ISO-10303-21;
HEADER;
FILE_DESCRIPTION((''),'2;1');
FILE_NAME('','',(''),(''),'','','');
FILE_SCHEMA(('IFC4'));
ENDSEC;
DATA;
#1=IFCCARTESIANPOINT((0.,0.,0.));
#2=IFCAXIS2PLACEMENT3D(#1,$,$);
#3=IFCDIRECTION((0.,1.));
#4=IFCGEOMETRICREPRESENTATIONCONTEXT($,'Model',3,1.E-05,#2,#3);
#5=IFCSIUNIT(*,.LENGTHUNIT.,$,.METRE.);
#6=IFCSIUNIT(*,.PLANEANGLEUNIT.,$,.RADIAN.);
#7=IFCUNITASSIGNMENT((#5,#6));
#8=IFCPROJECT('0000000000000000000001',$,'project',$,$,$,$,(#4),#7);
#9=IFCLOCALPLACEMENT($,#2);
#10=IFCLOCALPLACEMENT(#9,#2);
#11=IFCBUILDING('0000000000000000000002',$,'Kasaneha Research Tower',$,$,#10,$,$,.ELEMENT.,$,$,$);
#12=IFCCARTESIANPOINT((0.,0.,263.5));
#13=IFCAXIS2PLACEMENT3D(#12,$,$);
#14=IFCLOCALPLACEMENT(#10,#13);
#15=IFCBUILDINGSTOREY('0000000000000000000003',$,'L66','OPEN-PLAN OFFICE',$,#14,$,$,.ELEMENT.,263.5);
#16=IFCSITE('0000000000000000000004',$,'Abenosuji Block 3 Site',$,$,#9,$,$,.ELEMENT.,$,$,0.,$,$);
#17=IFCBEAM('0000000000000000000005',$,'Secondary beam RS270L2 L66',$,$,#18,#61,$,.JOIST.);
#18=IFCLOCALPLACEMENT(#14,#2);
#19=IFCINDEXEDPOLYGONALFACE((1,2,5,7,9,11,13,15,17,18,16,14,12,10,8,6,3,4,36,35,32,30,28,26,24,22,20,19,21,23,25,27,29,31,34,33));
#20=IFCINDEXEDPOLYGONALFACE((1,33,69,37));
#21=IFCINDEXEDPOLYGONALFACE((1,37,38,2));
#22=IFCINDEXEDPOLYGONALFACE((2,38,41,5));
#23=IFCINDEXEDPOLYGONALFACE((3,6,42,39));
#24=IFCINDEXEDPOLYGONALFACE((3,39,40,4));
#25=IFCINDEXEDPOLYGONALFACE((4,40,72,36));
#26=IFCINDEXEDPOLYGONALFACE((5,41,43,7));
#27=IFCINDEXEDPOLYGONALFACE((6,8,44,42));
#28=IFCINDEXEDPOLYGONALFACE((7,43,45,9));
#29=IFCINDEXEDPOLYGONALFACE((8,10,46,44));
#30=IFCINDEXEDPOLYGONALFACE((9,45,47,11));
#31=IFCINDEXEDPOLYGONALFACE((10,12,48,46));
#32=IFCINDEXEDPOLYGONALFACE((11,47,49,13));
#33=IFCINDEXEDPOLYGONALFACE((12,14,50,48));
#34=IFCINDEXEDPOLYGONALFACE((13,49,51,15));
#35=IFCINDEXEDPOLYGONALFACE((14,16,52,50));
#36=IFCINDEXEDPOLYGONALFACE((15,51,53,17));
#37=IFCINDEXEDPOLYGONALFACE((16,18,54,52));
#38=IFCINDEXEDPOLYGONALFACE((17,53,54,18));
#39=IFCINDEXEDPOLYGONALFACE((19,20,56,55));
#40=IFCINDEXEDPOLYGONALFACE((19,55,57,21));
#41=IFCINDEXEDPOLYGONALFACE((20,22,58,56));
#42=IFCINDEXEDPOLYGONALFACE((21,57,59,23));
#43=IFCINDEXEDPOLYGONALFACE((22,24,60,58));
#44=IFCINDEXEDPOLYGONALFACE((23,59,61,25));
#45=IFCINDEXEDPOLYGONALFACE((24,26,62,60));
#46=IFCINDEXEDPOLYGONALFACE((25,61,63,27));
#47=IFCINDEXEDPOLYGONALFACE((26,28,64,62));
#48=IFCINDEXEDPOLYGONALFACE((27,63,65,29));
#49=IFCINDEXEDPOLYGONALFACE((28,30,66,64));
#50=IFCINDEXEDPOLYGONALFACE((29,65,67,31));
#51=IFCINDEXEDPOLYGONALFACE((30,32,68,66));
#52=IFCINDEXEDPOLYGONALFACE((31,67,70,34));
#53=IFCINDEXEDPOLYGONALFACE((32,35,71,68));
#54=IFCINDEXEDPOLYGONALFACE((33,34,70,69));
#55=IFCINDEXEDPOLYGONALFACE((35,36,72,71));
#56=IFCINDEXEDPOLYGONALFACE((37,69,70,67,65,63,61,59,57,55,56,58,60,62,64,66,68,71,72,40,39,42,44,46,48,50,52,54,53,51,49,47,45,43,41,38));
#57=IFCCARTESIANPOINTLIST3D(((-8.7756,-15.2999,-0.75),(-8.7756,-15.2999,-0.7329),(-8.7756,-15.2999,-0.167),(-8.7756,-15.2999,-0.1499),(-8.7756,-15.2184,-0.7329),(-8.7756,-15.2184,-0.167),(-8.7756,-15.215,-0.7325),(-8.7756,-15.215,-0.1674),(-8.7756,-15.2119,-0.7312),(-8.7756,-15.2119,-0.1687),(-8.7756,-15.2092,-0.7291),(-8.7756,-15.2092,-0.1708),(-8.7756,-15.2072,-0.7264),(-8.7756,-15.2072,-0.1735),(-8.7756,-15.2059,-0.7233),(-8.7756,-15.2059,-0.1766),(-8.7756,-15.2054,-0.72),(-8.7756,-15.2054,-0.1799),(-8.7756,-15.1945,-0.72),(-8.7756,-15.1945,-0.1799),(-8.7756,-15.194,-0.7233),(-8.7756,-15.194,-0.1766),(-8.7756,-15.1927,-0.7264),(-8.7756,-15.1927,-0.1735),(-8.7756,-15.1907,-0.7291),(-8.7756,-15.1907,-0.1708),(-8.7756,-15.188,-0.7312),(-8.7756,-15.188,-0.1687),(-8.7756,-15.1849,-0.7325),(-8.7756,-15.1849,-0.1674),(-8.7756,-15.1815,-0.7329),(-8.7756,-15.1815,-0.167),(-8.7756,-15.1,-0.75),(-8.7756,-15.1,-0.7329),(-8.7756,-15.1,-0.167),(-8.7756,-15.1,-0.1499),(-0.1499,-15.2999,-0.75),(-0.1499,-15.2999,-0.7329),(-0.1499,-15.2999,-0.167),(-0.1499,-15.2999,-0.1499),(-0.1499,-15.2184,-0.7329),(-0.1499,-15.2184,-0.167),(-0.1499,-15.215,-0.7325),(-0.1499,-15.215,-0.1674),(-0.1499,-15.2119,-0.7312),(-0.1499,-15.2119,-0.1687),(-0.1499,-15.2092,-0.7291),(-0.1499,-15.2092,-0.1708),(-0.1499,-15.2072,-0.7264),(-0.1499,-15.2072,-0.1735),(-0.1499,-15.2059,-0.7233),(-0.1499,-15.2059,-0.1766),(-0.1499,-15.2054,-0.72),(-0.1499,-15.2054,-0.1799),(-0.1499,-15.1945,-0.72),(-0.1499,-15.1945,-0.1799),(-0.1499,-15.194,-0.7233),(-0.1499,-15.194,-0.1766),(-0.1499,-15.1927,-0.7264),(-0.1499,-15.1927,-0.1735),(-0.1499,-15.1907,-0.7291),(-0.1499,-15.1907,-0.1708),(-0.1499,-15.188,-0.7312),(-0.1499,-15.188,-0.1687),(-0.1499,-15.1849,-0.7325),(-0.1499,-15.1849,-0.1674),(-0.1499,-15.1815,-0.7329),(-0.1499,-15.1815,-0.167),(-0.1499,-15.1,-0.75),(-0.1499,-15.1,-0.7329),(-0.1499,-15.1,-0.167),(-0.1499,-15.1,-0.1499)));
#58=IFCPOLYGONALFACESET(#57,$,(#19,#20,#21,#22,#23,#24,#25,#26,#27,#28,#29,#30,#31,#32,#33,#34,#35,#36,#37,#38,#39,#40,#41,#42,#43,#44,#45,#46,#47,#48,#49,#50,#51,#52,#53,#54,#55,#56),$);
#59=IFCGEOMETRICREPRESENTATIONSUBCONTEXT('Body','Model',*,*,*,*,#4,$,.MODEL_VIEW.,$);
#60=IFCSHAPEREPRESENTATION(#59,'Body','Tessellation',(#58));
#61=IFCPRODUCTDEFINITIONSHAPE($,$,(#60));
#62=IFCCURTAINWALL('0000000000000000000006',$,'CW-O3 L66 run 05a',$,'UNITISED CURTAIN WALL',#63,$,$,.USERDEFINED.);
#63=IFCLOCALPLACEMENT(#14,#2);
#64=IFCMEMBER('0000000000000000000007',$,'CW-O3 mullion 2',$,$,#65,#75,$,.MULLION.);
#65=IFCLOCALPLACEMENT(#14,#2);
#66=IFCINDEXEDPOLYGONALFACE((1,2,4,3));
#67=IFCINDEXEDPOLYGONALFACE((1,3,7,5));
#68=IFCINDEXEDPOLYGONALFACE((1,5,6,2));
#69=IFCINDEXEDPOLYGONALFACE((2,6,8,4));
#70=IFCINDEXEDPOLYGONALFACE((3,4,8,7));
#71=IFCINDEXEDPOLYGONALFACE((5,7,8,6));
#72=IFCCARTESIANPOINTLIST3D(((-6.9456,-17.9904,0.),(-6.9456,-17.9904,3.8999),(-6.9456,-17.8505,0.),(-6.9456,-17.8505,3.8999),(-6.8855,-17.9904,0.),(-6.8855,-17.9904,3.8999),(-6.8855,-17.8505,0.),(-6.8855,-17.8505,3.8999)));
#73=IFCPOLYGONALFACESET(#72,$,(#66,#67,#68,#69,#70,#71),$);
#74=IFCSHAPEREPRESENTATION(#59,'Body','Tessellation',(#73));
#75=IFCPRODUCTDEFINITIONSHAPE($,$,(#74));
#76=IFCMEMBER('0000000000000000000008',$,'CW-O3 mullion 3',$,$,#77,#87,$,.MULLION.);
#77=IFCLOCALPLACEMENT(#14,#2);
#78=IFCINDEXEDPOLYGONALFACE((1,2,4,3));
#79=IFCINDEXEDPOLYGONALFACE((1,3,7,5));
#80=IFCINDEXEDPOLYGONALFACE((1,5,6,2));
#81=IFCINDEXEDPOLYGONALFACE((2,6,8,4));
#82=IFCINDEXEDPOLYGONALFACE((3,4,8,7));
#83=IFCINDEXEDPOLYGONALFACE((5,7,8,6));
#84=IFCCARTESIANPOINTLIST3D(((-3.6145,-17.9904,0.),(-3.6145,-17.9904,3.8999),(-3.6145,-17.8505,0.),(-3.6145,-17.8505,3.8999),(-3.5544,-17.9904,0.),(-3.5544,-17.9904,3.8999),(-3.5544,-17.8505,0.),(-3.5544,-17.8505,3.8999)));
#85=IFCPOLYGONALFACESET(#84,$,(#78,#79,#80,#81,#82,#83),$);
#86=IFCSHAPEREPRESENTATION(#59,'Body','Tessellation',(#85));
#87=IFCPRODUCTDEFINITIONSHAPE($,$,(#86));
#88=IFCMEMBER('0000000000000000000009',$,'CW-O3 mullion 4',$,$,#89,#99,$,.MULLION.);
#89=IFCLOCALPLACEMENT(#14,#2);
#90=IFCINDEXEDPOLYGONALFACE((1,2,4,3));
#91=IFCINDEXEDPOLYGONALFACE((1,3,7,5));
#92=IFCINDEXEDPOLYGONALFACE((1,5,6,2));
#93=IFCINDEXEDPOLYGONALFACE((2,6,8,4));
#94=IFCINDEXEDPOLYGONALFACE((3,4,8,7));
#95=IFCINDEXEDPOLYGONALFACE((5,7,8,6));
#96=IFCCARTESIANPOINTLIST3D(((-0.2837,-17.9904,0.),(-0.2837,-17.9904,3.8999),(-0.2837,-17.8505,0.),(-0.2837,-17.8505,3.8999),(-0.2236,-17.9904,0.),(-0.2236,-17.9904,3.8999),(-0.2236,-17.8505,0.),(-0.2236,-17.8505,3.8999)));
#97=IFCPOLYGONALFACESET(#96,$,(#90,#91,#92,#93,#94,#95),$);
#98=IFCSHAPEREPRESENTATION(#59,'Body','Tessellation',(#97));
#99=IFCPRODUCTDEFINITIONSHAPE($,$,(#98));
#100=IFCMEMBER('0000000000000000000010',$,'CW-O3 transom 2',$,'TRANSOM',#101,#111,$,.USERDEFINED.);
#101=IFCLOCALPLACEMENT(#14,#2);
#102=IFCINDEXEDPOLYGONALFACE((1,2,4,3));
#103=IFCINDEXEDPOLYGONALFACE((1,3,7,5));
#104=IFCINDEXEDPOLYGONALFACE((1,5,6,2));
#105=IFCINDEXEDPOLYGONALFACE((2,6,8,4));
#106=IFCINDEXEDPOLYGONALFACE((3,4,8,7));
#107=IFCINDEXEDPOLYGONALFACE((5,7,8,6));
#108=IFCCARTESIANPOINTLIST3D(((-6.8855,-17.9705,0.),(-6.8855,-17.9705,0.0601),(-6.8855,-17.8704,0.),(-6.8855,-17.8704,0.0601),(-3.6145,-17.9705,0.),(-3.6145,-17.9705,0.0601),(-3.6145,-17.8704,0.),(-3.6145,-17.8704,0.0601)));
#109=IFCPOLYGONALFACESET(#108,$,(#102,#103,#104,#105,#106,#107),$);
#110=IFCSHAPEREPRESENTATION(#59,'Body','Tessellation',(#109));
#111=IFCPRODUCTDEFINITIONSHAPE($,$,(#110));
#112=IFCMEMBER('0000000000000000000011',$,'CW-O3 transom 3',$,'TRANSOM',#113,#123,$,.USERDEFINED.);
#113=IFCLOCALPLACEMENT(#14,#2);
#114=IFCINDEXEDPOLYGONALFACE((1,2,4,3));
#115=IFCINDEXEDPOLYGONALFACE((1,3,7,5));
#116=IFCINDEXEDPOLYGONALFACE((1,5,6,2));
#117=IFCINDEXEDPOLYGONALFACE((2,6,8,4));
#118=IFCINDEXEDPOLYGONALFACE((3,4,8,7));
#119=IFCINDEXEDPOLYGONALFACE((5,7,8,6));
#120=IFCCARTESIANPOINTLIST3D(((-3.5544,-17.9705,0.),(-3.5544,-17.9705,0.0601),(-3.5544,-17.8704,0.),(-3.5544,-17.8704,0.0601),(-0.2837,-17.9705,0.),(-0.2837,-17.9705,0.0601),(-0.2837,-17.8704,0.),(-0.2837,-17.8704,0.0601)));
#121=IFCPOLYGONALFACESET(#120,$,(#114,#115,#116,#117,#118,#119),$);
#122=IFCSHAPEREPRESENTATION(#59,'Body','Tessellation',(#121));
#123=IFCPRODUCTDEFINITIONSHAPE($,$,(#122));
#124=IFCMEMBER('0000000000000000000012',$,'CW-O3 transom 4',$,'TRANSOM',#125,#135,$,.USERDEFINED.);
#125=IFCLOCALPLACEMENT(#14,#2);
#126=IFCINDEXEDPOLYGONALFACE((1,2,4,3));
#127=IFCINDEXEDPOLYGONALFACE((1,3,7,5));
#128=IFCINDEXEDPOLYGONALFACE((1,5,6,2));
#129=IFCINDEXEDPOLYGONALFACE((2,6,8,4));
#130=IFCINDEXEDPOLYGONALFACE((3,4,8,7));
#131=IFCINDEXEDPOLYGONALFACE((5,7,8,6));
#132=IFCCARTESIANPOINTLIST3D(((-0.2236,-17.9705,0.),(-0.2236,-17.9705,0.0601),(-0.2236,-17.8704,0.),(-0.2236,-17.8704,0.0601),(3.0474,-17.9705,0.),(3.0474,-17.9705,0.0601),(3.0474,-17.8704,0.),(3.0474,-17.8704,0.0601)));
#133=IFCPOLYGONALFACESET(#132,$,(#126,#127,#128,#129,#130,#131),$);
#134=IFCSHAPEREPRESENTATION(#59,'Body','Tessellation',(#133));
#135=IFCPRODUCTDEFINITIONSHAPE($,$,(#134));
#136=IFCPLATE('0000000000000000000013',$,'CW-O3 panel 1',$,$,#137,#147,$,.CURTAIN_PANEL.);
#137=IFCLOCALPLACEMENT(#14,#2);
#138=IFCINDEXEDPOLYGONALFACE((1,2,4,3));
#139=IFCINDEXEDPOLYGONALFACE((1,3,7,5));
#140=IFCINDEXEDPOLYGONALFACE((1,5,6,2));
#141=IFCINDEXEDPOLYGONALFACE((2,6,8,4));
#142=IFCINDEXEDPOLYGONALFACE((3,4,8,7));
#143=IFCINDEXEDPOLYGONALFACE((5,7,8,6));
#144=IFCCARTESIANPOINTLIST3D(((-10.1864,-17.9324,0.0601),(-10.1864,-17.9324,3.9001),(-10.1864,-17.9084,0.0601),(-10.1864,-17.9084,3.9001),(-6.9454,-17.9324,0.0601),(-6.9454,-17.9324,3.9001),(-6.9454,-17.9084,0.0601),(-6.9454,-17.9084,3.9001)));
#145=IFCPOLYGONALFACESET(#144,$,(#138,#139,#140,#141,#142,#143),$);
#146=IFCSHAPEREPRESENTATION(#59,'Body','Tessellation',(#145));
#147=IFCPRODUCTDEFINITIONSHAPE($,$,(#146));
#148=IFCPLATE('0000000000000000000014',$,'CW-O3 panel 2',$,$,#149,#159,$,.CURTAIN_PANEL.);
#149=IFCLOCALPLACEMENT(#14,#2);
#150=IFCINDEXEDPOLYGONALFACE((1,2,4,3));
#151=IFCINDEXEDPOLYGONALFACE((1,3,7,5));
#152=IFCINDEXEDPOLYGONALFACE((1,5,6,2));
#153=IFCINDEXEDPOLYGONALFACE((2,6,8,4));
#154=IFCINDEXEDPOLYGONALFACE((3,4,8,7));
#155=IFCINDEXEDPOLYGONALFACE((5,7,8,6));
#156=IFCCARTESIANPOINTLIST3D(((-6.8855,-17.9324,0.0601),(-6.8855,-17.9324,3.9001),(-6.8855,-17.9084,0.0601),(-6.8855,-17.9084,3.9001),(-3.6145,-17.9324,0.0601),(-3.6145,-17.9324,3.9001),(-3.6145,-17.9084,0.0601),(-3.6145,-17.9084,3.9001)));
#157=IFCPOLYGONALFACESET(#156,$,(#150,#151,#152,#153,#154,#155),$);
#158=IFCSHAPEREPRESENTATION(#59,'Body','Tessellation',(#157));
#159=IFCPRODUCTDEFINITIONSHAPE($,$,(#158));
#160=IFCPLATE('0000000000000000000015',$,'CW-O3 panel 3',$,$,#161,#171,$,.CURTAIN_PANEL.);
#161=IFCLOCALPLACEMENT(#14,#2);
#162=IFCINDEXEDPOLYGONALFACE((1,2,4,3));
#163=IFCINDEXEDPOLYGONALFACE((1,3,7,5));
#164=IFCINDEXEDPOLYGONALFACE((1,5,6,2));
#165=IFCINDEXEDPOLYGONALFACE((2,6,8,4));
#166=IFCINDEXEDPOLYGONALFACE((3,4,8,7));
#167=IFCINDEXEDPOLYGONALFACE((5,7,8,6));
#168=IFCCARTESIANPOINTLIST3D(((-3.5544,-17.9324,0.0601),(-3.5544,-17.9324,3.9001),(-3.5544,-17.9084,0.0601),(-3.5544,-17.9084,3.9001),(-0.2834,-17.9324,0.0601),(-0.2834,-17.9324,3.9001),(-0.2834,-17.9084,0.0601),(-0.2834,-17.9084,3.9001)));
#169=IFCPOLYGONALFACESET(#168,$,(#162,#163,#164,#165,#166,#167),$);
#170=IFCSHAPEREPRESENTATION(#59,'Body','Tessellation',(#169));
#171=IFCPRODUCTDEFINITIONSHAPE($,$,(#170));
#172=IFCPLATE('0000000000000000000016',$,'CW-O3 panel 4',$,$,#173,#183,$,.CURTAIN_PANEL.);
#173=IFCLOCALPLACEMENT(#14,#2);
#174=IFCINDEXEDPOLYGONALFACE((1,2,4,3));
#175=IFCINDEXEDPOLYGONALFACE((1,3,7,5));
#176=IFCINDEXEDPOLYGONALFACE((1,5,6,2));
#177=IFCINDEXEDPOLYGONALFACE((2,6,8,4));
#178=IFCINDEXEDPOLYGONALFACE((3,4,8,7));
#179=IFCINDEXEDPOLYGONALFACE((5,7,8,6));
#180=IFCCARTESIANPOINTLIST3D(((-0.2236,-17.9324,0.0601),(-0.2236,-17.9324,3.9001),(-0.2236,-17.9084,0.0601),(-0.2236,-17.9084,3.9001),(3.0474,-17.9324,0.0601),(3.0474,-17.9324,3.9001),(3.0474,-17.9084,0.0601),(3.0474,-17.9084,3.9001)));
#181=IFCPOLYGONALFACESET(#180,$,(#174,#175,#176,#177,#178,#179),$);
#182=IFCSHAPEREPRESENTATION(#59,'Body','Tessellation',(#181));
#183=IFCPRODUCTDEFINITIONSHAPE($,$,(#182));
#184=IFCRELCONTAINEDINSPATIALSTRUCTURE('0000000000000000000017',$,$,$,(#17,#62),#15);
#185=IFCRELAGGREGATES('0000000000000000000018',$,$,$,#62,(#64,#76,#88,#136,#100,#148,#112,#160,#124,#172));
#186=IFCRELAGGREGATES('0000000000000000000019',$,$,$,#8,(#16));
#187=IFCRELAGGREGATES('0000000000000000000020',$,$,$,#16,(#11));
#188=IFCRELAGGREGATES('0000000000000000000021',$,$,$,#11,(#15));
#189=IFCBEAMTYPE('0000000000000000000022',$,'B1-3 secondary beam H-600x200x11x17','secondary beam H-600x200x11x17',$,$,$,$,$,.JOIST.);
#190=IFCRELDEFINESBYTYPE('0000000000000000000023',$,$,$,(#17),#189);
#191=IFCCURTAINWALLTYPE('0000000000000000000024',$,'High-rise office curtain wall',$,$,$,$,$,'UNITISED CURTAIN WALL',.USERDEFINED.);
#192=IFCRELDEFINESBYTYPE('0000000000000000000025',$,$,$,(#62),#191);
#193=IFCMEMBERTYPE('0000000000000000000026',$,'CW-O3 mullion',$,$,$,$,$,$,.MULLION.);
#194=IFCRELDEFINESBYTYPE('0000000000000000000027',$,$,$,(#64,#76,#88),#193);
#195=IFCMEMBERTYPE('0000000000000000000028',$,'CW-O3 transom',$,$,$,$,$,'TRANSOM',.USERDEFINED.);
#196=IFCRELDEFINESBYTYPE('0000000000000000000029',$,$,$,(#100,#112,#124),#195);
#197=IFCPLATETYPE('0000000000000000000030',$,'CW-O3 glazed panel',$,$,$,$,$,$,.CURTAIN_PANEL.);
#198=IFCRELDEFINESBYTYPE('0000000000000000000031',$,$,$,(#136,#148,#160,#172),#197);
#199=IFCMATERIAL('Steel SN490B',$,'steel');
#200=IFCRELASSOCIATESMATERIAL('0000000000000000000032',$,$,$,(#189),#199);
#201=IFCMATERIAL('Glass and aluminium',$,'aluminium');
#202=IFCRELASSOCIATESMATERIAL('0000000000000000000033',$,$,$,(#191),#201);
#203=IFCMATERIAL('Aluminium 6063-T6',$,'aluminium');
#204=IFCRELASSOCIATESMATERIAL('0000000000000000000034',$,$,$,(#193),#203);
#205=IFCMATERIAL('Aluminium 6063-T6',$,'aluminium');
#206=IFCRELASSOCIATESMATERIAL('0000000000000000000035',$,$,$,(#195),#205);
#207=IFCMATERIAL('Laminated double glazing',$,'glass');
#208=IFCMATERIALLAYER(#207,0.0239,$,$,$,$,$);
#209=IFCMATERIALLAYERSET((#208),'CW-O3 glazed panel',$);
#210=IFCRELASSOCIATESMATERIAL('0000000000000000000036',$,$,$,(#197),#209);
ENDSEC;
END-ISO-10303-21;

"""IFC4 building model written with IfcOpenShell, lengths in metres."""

from ifc_helpers import new_model, si_unit, direction, frame, origin, origin_2d, place, context, subcontext, project, spatial, rectangle, i_section, extrude, material, layer, layer_set, material_profile, profile_set, type_object, element, aggregate, save


model = new_model("IFC4")

# Units and contexts
model_context = context("Model", 3, precision=1e-05, world=origin(), true_north=direction((0.0, 1.0)))
body_context = subcontext(model_context, "Body", "Model", "MODEL_VIEW")
ifc_project = project(units=[si_unit("LENGTHUNIT", "METRE"), si_unit("PLANEANGLEUNIT", "RADIAN")], contexts=[model_context])

# Site, building, storey
site_placement = place(None, origin())
site = spatial("IfcSite", under=ifc_project, at=site_placement, Name="Abenosuji Block 3 Site", CompositionType="ELEMENT", RefElevation=0.0)
building_placement = place(site_placement, origin())
building = spatial("IfcBuilding", under=site, at=building_placement, Name="Kasaneha Research Tower", CompositionType="ELEMENT")
storey_placement = place(building_placement, frame((0.0, 0.0, 263.5)))
storey = spatial("IfcBuildingStorey", under=building, at=storey_placement, Name="L66", Description="OPEN-PLAN OFFICE", CompositionType="ELEMENT", Elevation=263.5)

# Beam
ifc_material_1 = material(Name="Steel SN490B", Category="steel")
ifc_material_profile_1 = material_profile(ifc_material_1, i_section(OverallWidth=0.2, OverallDepth=0.6001, WebThickness=0.011, FlangeThickness=0.0171, FilletRadius=0.0129, at=origin_2d()), Name="H-600x200x11x17")
ifc_profile_set_1 = profile_set([ifc_material_profile_1], Name="Steel SN490B")
beam_type = type_object("IfcBeamType", Name="B1-3 secondary beam H-600x200x11x17", Description="secondary beam H-600x200x11x17", PredefinedType="JOIST", material=ifc_profile_set_1)
beam_1_placement = place(storey_placement, frame((-8.7756, -15.2, -0.45), z_axis=(1.0, 0.0, 0.0), x_axis=(0.0, 1.0, 0.0)))
element("IfcBeam", 1, at=beam_1_placement, inside=storey, type_object=beam_type, Name="Secondary beam RS270L2 L66", PredefinedType="JOIST", context=body_context, shape_type="SweptSolid", body=[
    extrude(i_section(OverallWidth=0.2, OverallDepth=0.6001, WebThickness=0.011, FlangeThickness=0.0171, FilletRadius=0.0129, at=origin_2d()), origin(), (0.0, 0.0, 1.0), 8.6257),
])

# Curtain wall, members, plates
ifc_material_2 = material(Name="Glass and aluminium", Category="aluminium")
curtain_wall_type = type_object("IfcCurtainWallType", Name="High-rise office curtain wall", ElementType="UNITISED CURTAIN WALL", PredefinedType="USERDEFINED", material=ifc_material_2)
curtain_wall_placement = place(storey_placement, origin())
curtain_wall = element("IfcCurtainWall", 2, at=curtain_wall_placement, inside=storey, type_object=curtain_wall_type, Name="CW-O3 L66 run 05a", ObjectType="UNITISED CURTAIN WALL", PredefinedType="USERDEFINED")
ifc_material_3 = material(Name="Aluminium 6063-T6", Category="aluminium")
ifc_material_profile_2 = material_profile(ifc_material_3, rectangle(XDim=0.0601, YDim=0.1399, at=origin_2d()), Name="CW-O3 mullion 60x140")
ifc_profile_set_2 = profile_set([ifc_material_profile_2], Name="Aluminium 6063-T6")
member_type_1 = type_object("IfcMemberType", Name="CW-O3 mullion", PredefinedType="MULLION", material=ifc_profile_set_2)
member_1_placement = place(storey_placement, frame((-6.9155, -17.9204, 0.0), z_axis=(0.0, 0.0, 1.0), x_axis=(1.0, 0.0, 0.0)))
member_1 = element("IfcMember", 3, at=member_1_placement, type_object=member_type_1, Name="CW-O3 mullion 2", PredefinedType="MULLION", context=body_context, shape_type="SweptSolid", body=[
    extrude(rectangle(XDim=0.0601, YDim=0.1399, at=origin_2d()), origin(), (0.0, 0.0, 1.0), 3.8999),
])
member_2_placement = place(storey_placement, frame((-3.5845, -17.9204, 0.0), z_axis=(0.0, 0.0, 1.0), x_axis=(1.0, 0.0, 0.0)))
member_2 = element("IfcMember", 4, at=member_2_placement, type_object=member_type_1, Name="CW-O3 mullion 3", PredefinedType="MULLION", context=body_context, shape_type="SweptSolid", body=[
    extrude(rectangle(XDim=0.0601, YDim=0.1399, at=origin_2d()), origin(), (0.0, 0.0, 1.0), 3.8999),
])
member_3_placement = place(storey_placement, frame((-0.2537, -17.9204, 0.0), z_axis=(0.0, 0.0, 1.0), x_axis=(1.0, 0.0, 0.0)))
member_3 = element("IfcMember", 5, at=member_3_placement, type_object=member_type_1, Name="CW-O3 mullion 4", PredefinedType="MULLION", context=body_context, shape_type="SweptSolid", body=[
    extrude(rectangle(XDim=0.0601, YDim=0.1399, at=origin_2d()), origin(), (0.0, 0.0, 1.0), 3.8999),
])
ifc_material_4 = material(Name="Aluminium 6063-T6", Category="aluminium")
ifc_material_profile_3 = material_profile(ifc_material_4, rectangle(XDim=0.1001, YDim=0.0601, at=origin_2d()), Name="CW-O3 transom 100x60")
ifc_profile_set_3 = profile_set([ifc_material_profile_3], Name="Aluminium 6063-T6")
member_type_2 = type_object("IfcMemberType", Name="CW-O3 transom", ElementType="TRANSOM", PredefinedType="USERDEFINED", material=ifc_profile_set_3)
member_4_placement = place(storey_placement, frame((-6.8855, -17.9204, 0.03), z_axis=(1.0, 0.0, 0.0), x_axis=(0.0, 1.0, 0.0)))
member_4 = element("IfcMember", 6, at=member_4_placement, type_object=member_type_2, Name="CW-O3 transom 2", ObjectType="TRANSOM", PredefinedType="USERDEFINED", context=body_context, shape_type="SweptSolid", body=[
    extrude(rectangle(XDim=0.1001, YDim=0.0601, at=origin_2d()), origin(), (0.0, 0.0, 1.0), 3.271),
])
member_5_placement = place(storey_placement, frame((-3.5544, -17.9204, 0.03), z_axis=(1.0, 0.0, 0.0), x_axis=(0.0, 1.0, 0.0)))
member_5 = element("IfcMember", 7, at=member_5_placement, type_object=member_type_2, Name="CW-O3 transom 3", ObjectType="TRANSOM", PredefinedType="USERDEFINED", context=body_context, shape_type="SweptSolid", body=[
    extrude(rectangle(XDim=0.1001, YDim=0.0601, at=origin_2d()), origin(), (0.0, 0.0, 1.0), 3.2708),
])
member_6_placement = place(storey_placement, frame((-0.2236, -17.9204, 0.03), z_axis=(1.0, 0.0, 0.0), x_axis=(0.0, 1.0, 0.0)))
member_6 = element("IfcMember", 8, at=member_6_placement, type_object=member_type_2, Name="CW-O3 transom 4", ObjectType="TRANSOM", PredefinedType="USERDEFINED", context=body_context, shape_type="SweptSolid", body=[
    extrude(rectangle(XDim=0.1001, YDim=0.0601, at=origin_2d()), origin(), (0.0, 0.0, 1.0), 3.271),
])
ifc_material_5 = material(Name="Laminated double glazing", Category="glass")
ifc_layer_1 = layer(ifc_material_5, 0.0239)
ifc_layer_set_1 = layer_set([ifc_layer_1], Name="CW-O3 glazed panel")
plate_type = type_object("IfcPlateType", Name="CW-O3 glazed panel", PredefinedType="CURTAIN_PANEL", material=ifc_layer_set_1)
plate_1_placement = place(storey_placement, frame((-8.5659, -17.9204, 0.0601), z_axis=(0.0, 0.0, 1.0), x_axis=(1.0, 0.0, 0.0)))
plate_1 = element("IfcPlate", 9, at=plate_1_placement, type_object=plate_type, Name="CW-O3 panel 1", PredefinedType="CURTAIN_PANEL", context=body_context, shape_type="SweptSolid", body=[
    extrude(rectangle(XDim=3.241, YDim=0.0239, at=origin_2d()), origin(), (0.0, 0.0, 1.0), 3.8401),
])
plate_2_placement = place(storey_placement, frame((-5.25, -17.9204, 0.0601), z_axis=(0.0, 0.0, 1.0), x_axis=(1.0, 0.0, 0.0)))
plate_2 = element("IfcPlate", 10, at=plate_2_placement, type_object=plate_type, Name="CW-O3 panel 2", PredefinedType="CURTAIN_PANEL", context=body_context, shape_type="SweptSolid", body=[
    extrude(rectangle(XDim=3.271, YDim=0.0239, at=origin_2d()), origin(), (0.0, 0.0, 1.0), 3.8401),
])
plate_3_placement = place(storey_placement, frame((-1.9189, -17.9204, 0.0601), z_axis=(0.0, 0.0, 1.0), x_axis=(1.0, 0.0, 0.0)))
plate_3 = element("IfcPlate", 11, at=plate_3_placement, type_object=plate_type, Name="CW-O3 panel 3", PredefinedType="CURTAIN_PANEL", context=body_context, shape_type="SweptSolid", body=[
    extrude(rectangle(XDim=3.271, YDim=0.0239, at=origin_2d()), origin(), (0.0, 0.0, 1.0), 3.8401),
])
plate_4_placement = place(storey_placement, frame((1.4119, -17.9204, 0.0601), z_axis=(0.0, 0.0, 1.0), x_axis=(1.0, 0.0, 0.0)))
plate_4 = element("IfcPlate", 12, at=plate_4_placement, type_object=plate_type, Name="CW-O3 panel 4", PredefinedType="CURTAIN_PANEL", context=body_context, shape_type="SweptSolid", body=[
    extrude(rectangle(XDim=3.271, YDim=0.0239, at=origin_2d()), origin(), (0.0, 0.0, 1.0), 3.8401),
])
aggregate(curtain_wall, [member_1, member_2, member_3, plate_1, member_4, plate_2, member_5, plate_3, member_6, plate_4])

save(model, "model.ifc")
